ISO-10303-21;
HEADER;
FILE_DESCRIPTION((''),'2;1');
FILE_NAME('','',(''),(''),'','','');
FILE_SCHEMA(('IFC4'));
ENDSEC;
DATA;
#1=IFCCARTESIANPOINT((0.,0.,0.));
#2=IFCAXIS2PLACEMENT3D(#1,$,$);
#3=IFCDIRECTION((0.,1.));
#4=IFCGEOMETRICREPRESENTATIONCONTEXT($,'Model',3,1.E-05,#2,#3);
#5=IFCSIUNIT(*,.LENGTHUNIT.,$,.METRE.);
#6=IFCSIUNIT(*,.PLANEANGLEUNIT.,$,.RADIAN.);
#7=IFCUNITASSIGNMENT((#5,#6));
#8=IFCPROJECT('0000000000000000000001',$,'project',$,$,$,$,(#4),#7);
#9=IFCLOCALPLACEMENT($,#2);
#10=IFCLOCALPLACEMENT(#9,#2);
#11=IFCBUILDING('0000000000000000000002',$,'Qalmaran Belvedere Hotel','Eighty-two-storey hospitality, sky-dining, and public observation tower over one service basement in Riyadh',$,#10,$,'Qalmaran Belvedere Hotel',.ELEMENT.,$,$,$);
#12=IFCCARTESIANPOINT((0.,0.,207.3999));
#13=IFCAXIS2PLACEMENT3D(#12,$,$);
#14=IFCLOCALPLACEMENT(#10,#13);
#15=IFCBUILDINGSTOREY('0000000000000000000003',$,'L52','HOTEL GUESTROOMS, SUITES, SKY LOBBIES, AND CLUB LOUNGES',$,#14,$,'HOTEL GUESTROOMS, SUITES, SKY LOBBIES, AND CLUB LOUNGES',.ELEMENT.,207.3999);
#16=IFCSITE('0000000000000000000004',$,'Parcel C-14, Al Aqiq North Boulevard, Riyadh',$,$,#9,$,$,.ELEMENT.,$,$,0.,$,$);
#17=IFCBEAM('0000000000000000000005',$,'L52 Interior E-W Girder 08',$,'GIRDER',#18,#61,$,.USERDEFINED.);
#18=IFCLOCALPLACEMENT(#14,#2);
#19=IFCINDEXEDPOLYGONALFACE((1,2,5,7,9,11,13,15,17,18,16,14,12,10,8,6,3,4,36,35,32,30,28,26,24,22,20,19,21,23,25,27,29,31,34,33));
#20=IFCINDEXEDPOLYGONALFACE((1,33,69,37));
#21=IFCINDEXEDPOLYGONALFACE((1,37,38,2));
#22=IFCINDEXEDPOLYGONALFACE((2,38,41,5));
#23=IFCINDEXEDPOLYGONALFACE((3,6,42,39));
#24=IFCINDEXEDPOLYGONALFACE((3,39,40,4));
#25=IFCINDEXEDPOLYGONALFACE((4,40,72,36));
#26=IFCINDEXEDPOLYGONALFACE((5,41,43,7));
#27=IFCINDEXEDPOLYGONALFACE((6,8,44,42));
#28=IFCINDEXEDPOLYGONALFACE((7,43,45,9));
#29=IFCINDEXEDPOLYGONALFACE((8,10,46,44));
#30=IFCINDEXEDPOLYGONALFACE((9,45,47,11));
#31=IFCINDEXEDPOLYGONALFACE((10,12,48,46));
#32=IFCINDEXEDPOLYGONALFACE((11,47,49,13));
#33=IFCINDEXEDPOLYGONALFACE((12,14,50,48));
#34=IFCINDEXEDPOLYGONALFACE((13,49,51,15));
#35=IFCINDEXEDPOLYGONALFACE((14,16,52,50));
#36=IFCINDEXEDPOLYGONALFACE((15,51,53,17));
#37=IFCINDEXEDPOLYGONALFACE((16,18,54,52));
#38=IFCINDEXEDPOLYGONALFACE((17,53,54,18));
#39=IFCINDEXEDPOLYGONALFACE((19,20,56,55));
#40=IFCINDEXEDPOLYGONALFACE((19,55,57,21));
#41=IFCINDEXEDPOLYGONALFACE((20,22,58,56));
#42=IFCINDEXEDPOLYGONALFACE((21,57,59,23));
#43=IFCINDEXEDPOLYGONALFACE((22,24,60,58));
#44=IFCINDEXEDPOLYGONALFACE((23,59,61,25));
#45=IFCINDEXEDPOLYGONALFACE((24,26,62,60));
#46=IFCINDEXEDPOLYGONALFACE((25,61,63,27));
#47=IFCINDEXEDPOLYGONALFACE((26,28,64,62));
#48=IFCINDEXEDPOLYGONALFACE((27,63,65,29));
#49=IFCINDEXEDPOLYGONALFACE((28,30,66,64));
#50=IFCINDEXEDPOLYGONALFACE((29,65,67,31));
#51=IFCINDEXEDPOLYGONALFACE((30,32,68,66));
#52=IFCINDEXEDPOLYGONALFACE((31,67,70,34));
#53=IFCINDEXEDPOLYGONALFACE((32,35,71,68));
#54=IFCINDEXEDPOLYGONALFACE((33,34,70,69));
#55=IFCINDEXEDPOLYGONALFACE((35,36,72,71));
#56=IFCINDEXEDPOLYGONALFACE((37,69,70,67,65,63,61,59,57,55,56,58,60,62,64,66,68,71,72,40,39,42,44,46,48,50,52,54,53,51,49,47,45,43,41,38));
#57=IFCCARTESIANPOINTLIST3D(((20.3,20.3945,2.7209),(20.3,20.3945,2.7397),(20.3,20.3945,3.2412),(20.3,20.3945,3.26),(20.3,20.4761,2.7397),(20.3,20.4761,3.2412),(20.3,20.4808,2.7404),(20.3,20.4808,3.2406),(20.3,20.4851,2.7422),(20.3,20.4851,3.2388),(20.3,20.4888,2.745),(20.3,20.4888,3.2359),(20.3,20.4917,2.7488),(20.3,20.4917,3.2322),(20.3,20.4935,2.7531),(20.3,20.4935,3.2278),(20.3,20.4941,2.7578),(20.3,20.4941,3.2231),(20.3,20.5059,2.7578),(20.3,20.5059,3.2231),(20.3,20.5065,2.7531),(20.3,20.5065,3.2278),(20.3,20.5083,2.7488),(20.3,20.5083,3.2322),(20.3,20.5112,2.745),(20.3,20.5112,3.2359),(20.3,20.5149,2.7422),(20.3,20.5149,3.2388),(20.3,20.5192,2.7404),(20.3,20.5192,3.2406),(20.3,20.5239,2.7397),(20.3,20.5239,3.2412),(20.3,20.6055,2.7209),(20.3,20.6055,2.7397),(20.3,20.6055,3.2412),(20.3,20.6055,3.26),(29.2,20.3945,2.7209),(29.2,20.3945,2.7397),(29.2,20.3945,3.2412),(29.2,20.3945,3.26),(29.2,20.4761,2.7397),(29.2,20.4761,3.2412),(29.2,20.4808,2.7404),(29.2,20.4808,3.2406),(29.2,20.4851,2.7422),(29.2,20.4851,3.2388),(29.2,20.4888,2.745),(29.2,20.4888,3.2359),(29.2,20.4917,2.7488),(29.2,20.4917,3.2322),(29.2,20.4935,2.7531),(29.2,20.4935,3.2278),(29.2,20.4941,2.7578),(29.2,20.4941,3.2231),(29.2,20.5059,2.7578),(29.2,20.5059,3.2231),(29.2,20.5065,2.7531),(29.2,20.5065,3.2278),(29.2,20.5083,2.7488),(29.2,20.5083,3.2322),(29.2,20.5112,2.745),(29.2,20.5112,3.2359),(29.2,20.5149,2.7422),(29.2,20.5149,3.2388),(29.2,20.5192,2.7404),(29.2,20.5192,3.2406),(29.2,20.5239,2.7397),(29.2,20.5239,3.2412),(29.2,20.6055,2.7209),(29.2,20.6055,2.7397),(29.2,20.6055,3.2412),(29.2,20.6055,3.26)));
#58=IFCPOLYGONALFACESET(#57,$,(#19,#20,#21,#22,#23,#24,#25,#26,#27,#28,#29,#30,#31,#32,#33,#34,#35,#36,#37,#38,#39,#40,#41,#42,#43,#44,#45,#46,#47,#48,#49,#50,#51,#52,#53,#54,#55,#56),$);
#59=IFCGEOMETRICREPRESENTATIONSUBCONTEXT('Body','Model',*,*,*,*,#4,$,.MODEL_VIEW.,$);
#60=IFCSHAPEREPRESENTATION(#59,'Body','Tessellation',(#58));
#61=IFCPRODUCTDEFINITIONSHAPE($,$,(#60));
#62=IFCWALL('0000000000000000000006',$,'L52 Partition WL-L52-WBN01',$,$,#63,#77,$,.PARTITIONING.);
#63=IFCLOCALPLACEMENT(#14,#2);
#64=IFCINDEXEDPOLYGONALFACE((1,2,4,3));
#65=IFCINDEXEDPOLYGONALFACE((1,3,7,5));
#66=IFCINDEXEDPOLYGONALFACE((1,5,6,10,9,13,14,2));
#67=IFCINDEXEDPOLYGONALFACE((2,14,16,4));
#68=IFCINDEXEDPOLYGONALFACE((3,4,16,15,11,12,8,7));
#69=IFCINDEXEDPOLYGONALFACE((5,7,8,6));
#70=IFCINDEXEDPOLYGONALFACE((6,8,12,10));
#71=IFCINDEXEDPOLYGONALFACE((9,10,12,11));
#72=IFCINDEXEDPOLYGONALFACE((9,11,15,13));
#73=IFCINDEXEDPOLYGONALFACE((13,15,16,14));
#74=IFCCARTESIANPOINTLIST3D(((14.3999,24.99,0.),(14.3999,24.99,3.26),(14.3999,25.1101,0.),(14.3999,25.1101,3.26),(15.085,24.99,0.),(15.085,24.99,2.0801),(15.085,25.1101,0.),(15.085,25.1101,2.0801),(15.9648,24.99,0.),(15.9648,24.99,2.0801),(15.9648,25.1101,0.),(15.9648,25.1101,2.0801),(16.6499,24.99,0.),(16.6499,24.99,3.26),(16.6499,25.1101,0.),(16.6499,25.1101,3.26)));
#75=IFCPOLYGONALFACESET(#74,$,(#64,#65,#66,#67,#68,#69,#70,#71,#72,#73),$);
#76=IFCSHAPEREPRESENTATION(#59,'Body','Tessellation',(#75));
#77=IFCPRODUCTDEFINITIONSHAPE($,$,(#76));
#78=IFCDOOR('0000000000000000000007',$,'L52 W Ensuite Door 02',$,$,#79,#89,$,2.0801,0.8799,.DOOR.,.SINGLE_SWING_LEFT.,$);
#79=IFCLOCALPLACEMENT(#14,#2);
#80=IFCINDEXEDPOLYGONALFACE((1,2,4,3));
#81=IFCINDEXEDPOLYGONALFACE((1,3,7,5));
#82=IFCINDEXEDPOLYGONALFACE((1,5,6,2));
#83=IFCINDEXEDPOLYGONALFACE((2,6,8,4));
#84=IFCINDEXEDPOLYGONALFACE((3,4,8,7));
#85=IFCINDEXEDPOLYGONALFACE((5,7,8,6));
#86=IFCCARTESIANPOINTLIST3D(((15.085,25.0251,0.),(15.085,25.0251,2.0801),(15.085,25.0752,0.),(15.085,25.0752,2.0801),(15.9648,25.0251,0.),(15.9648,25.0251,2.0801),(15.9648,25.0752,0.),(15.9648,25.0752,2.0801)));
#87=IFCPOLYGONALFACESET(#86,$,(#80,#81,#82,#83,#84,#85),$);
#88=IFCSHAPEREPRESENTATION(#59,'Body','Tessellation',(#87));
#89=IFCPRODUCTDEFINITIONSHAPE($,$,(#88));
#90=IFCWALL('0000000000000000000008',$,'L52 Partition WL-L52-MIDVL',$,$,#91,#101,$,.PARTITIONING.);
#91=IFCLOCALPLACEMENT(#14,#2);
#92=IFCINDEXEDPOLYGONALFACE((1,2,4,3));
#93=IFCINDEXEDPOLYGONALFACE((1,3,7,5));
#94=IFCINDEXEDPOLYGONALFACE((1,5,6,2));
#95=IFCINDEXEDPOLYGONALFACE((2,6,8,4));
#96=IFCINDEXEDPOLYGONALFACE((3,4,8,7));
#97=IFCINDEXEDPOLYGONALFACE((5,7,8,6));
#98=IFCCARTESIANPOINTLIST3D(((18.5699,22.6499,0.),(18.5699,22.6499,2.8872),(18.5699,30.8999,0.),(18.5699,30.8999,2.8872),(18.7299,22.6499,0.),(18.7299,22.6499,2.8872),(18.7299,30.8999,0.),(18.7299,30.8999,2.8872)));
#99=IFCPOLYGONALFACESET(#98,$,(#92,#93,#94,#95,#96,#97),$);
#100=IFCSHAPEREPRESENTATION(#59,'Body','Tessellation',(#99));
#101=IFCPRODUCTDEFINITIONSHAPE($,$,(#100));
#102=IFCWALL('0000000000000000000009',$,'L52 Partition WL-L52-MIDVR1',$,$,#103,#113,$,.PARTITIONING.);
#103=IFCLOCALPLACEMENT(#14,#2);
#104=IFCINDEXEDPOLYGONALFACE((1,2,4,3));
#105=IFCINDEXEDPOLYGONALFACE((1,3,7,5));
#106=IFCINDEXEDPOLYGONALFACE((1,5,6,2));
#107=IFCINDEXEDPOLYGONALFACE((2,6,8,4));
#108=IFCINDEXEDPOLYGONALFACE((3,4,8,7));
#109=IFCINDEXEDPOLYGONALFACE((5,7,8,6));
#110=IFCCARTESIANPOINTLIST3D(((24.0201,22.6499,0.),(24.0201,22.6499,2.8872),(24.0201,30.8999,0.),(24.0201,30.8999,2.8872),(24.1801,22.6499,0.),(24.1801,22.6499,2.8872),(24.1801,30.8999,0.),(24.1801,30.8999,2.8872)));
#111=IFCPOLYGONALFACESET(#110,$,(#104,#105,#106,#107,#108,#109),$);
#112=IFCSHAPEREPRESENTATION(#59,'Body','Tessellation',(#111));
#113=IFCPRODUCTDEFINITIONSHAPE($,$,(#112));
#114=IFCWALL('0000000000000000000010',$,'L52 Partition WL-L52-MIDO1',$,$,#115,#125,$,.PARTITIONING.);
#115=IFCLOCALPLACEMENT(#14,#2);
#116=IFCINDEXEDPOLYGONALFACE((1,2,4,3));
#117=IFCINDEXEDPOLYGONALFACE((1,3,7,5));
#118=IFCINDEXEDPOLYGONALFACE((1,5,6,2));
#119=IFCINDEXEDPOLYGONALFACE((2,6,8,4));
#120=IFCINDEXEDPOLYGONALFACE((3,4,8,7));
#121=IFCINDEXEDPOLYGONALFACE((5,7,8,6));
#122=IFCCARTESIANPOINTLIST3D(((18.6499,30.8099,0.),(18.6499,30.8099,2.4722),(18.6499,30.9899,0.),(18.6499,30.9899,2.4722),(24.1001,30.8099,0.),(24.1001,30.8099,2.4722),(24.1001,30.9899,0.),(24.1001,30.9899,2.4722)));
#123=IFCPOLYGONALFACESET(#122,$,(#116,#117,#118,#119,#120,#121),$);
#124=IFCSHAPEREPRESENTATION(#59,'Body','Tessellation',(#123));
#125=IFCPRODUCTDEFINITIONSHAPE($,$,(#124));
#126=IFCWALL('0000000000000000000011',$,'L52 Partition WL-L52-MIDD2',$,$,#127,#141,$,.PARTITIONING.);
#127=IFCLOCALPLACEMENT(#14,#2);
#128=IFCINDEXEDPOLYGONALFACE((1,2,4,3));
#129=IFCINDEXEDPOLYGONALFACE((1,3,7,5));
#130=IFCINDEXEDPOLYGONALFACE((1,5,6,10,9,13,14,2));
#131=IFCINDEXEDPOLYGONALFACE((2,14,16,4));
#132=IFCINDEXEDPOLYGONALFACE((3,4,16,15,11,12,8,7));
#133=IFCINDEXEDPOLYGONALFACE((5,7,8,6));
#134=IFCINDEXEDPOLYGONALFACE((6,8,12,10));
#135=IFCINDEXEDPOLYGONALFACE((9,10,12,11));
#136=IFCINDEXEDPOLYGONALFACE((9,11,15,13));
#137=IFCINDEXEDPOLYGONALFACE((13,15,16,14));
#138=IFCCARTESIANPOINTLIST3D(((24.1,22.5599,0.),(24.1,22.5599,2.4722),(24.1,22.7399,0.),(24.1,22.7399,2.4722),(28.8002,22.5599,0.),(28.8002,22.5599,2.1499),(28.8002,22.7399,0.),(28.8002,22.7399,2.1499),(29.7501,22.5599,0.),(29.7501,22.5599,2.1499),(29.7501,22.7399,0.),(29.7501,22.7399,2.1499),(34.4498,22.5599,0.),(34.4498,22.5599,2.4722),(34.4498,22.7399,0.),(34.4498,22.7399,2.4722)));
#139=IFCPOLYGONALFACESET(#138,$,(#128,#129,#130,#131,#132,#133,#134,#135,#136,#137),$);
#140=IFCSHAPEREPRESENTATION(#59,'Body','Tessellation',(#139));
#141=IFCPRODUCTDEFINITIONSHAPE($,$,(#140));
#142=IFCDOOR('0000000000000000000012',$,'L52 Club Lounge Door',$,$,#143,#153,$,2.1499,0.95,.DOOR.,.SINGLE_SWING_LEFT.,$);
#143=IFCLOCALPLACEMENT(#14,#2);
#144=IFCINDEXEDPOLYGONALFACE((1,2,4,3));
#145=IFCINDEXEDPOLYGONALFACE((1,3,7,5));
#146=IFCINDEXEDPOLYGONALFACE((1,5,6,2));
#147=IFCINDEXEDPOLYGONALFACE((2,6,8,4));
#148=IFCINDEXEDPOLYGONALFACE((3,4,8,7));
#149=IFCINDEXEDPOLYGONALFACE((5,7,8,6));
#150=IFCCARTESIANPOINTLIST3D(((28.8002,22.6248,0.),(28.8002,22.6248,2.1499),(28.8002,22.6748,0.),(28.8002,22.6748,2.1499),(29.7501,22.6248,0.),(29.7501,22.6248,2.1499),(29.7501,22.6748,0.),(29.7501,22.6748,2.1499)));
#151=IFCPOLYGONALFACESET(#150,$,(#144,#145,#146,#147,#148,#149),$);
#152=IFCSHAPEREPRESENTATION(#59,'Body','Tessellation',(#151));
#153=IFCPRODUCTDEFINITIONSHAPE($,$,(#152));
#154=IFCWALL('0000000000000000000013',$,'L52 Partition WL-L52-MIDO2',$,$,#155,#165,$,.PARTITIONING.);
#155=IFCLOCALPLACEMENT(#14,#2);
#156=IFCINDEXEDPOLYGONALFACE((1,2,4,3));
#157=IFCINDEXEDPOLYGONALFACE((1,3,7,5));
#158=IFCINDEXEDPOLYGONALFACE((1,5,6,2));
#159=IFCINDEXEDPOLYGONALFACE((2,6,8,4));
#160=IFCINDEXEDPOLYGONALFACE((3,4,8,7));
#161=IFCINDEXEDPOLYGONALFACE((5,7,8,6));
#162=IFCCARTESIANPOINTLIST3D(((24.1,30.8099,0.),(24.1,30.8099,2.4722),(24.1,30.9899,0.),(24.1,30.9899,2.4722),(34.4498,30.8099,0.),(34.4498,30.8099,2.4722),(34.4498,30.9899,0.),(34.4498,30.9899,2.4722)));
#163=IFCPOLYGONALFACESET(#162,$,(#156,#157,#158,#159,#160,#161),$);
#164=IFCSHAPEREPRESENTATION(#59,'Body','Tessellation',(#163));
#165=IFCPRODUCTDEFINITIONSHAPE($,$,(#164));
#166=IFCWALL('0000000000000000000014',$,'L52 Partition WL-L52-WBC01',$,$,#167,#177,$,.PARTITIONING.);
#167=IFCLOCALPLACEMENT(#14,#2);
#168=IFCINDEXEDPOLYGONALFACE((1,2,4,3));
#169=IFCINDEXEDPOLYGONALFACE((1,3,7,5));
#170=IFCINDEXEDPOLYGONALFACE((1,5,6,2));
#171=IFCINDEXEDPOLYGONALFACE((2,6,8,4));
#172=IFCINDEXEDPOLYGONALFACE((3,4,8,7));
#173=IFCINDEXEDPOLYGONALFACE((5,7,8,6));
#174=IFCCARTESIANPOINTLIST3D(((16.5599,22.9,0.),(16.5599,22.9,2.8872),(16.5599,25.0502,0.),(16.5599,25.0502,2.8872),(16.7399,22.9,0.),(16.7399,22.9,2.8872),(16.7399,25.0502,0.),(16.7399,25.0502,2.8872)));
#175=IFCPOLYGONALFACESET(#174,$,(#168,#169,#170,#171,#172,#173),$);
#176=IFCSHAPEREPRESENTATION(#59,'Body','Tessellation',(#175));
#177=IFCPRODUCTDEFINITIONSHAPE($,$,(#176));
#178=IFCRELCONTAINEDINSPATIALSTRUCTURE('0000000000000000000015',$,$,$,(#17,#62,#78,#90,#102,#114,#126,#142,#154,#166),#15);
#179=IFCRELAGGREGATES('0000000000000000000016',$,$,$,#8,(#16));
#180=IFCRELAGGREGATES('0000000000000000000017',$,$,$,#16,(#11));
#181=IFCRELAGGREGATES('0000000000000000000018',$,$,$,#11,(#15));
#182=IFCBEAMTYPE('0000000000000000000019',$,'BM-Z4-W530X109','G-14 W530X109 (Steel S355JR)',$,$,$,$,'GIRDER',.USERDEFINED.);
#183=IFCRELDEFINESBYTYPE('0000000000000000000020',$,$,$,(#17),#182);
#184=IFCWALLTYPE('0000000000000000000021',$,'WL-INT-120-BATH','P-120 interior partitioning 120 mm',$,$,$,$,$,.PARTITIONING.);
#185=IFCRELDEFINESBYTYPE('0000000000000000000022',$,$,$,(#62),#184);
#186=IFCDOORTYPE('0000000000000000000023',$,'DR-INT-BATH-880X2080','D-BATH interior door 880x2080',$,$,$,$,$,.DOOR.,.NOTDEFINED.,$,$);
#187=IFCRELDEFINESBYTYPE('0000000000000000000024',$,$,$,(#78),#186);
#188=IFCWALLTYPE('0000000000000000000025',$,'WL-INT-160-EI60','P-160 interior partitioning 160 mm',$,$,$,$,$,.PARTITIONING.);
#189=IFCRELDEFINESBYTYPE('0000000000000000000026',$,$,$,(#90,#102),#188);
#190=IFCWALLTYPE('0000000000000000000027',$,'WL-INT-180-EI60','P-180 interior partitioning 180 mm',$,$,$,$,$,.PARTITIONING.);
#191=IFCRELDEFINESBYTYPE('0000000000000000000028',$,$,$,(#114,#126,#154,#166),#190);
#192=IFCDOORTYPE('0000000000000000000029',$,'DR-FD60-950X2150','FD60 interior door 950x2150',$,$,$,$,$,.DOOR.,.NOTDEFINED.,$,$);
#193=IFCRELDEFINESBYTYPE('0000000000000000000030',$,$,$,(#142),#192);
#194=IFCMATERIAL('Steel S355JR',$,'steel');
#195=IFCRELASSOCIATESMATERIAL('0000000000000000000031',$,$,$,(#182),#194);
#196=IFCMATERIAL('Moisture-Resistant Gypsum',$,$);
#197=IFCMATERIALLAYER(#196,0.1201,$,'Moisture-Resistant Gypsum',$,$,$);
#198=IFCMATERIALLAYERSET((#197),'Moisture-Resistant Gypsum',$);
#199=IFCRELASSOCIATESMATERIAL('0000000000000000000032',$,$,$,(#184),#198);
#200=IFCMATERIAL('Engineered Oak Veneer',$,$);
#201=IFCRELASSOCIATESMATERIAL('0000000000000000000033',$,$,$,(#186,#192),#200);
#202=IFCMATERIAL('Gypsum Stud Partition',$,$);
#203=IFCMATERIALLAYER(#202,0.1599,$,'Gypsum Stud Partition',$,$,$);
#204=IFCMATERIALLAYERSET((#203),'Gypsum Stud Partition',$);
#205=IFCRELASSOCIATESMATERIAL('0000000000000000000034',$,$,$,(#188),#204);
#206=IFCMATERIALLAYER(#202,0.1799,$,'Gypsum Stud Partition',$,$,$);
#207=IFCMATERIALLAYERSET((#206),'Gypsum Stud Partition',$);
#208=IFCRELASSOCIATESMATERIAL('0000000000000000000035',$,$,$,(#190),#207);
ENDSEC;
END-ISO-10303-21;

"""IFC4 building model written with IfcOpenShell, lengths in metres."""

from ifc_helpers import new_model, si_unit, direction, frame, frame_2d, origin, origin_2d, place, context, subcontext, project, spatial, rectangle, i_section, extrude, material, layer, layer_set, material_profile, profile_set, type_object, element, fill, save


model = new_model("IFC4")

# Units and contexts
model_context = context("Model", 3, precision=1e-05, world=origin(), true_north=direction((0.0, 1.0)))
body_context = subcontext(model_context, "Body", "Model", "MODEL_VIEW")
ifc_project = project(units=[si_unit("LENGTHUNIT", "METRE"), si_unit("PLANEANGLEUNIT", "RADIAN")], contexts=[model_context])

# Site, building, storey
site_placement = place(None, origin())
site = spatial("IfcSite", under=ifc_project, at=site_placement, Name="Parcel C-14, Al Aqiq North Boulevard, Riyadh", CompositionType="ELEMENT", RefElevation=0.0)
building_placement = place(site_placement, origin())
building = spatial("IfcBuilding", under=site, at=building_placement, Name="Qalmaran Belvedere Hotel", Description="Eighty-two-storey hospitality, sky-dining, and public observation tower over one service basement in Riyadh", LongName="Qalmaran Belvedere Hotel", CompositionType="ELEMENT")
storey_placement = place(building_placement, frame((0.0, 0.0, 207.3999)))
storey = spatial("IfcBuildingStorey", under=building, at=storey_placement, Name="L52", Description="HOTEL GUESTROOMS, SUITES, SKY LOBBIES, AND CLUB LOUNGES", LongName="HOTEL GUESTROOMS, SUITES, SKY LOBBIES, AND CLUB LOUNGES", CompositionType="ELEMENT", Elevation=207.3999)

# Beam
ifc_material_1 = material(Name="Steel S355JR", Category="steel")
ifc_material_profile_1 = material_profile(ifc_material_1, i_section(OverallWidth=0.2109, OverallDepth=0.5391, WebThickness=0.0117, FlangeThickness=0.0188, FilletRadius=0.0181, at=origin_2d()), Name="W530X109")
ifc_profile_set_1 = profile_set([ifc_material_profile_1], Name="Steel S355JR")
beam_type_1 = type_object("IfcBeamType", Name="BM-Z4-W530X109", Description="G-14 W530X109 (Steel S355JR)", ElementType="GIRDER", PredefinedType="USERDEFINED", material=ifc_profile_set_1)
beam_1_placement = place(storey_placement, frame((20.3, 20.5, 2.9905), z_axis=(1.0, 0.0, 0.0), x_axis=(0.0, 1.0, 0.0)))
element("IfcBeam", 1, at=beam_1_placement, inside=storey, type_object=beam_type_1, Name="L52 Interior E-W Girder 08", ObjectType="GIRDER", PredefinedType="USERDEFINED", context=body_context, shape_type="SweptSolid", body=[
    extrude(i_section(OverallWidth=0.2109, OverallDepth=0.5391, WebThickness=0.0117, FlangeThickness=0.0188, FilletRadius=0.0181, at=origin_2d()), origin(), (0.0, 0.0, 1.0), 8.8999),
])

# Wall, opening, door
ifc_material_2 = material(Name="Moisture-Resistant Gypsum")
ifc_layer_1 = layer(ifc_material_2, 0.1201, Name="Moisture-Resistant Gypsum")
ifc_layer_set_1 = layer_set([ifc_layer_1], Name="Moisture-Resistant Gypsum")
wall_type_1 = type_object("IfcWallType", Name="WL-INT-120-BATH", Description="P-120 interior partitioning 120 mm", PredefinedType="PARTITIONING", material=ifc_layer_set_1)
wall_1_placement = place(storey_placement, frame((14.3999, 25.05, 0.0), z_axis=(0.0, 0.0, 1.0), x_axis=(1.0, 0.0, 0.0)))
wall_1 = element("IfcWall", 2, at=wall_1_placement, inside=storey, type_object=wall_type_1, Name="L52 Partition WL-L52-WBN01", PredefinedType="PARTITIONING", context=body_context, shape_type="SweptSolid", body=[
    extrude(rectangle(XDim=2.25, YDim=0.1201, at=frame_2d((1.125, 0.0))), origin(), (0.0, 0.0, 1.0), 3.26),
])
opening_1_placement = place(wall_1_placement, frame((1.5649, 0.0, 0.0), z_axis=(0.0, 0.0, 1.0), x_axis=(-1.0, 0.0, 0.0)))
opening_1 = element("IfcOpeningElement", 3, at=opening_1_placement, cuts=wall_1, PredefinedType="OPENING", context=body_context, shape_type="SweptSolid", body=[
    extrude(rectangle(XDim=0.8799, YDim=2.0801, at=frame_2d((0.4399, 1.04))), frame((0.0, 0.0701, 0.0), z_axis=(0.0, -1.0, 0.0), x_axis=(1.0, 0.0, 0.0)), (0.0, 0.0, 1.0), 0.1401),
])
ifc_material_3 = material(Name="Engineered Oak Veneer")
door_type_1 = type_object("IfcDoorType", Name="DR-INT-BATH-880X2080", Description="D-BATH interior door 880x2080", OperationType="NOTDEFINED", PredefinedType="DOOR", material=ifc_material_3)
door_1_placement = place(opening_1_placement, origin())
door_1 = element("IfcDoor", 4, at=door_1_placement, inside=storey, type_object=door_type_1, Name="L52 W Ensuite Door 02", OperationType="SINGLE_SWING_LEFT", OverallHeight=2.0801, OverallWidth=0.8799, PredefinedType="DOOR", context=body_context, shape_type="SweptSolid", body=[
    extrude(rectangle(XDim=0.8799, YDim=2.0801, at=frame_2d((0.4399, 1.04))), frame((0.0, 0.0249, 0.0), z_axis=(0.0, -1.0, 0.0), x_axis=(1.0, 0.0, 0.0)), (0.0, 0.0, 1.0), 0.05),
])
fill(opening_1, door_1)
ifc_material_4 = material(Name="Gypsum Stud Partition")

# Walls
ifc_layer_2 = layer(ifc_material_4, 0.1599, Name="Gypsum Stud Partition")
ifc_layer_set_2 = layer_set([ifc_layer_2], Name="Gypsum Stud Partition")
wall_type_2 = type_object("IfcWallType", Name="WL-INT-160-EI60", Description="P-160 interior partitioning 160 mm", PredefinedType="PARTITIONING", material=ifc_layer_set_2)
for number, where, z_axis, x_axis, name in (
    (5, (18.6499, 22.6499, 0.0), (0.0, 0.0, 1.0), (0.0, 1.0, 0.0), "L52 Partition WL-L52-MIDVL"),
    (6, (24.1001, 22.6499, 0.0), (0.0, 0.0, 1.0), (0.0, 1.0, 0.0), "L52 Partition WL-L52-MIDVR1"),
):
    element("IfcWall", number, at=place(storey_placement, frame(where, z_axis=z_axis, x_axis=x_axis)), inside=storey, type_object=wall_type_2, Name=name, PredefinedType="PARTITIONING", context=body_context, shape_type="SweptSolid", body=[
        extrude(rectangle(XDim=8.25, YDim=0.1599, at=frame_2d((4.125, 0.0))), origin(), (0.0, 0.0, 1.0), 2.8872),
    ])

# Shared definitions
ifc_layer_3 = layer(ifc_material_4, 0.1799, Name="Gypsum Stud Partition")
ifc_layer_set_3 = layer_set([ifc_layer_3], Name="Gypsum Stud Partition")
wall_type_3 = type_object("IfcWallType", Name="WL-INT-180-EI60", Description="P-180 interior partitioning 180 mm", PredefinedType="PARTITIONING", material=ifc_layer_set_3)
door_type_2 = type_object("IfcDoorType", Name="DR-FD60-950X2150", Description="FD60 interior door 950x2150", OperationType="NOTDEFINED", PredefinedType="DOOR", material=ifc_material_3)

# Wall
wall_2_placement = place(storey_placement, frame((18.6499, 30.8999, 0.0), z_axis=(0.0, 0.0, 1.0), x_axis=(1.0, 0.0, 0.0)))
element("IfcWall", 7, at=wall_2_placement, inside=storey, type_object=wall_type_3, Name="L52 Partition WL-L52-MIDO1", PredefinedType="PARTITIONING", context=body_context, shape_type="SweptSolid", body=[
    extrude(rectangle(XDim=5.4502, YDim=0.1799, at=frame_2d((2.7251, 0.0))), origin(), (0.0, 0.0, 1.0), 2.4722),
])

# Wall, opening, door
wall_3_placement = place(storey_placement, frame((24.1001, 22.6499, 0.0), z_axis=(0.0, 0.0, 1.0), x_axis=(1.0, 0.0, 0.0)))
wall_3 = element("IfcWall", 8, at=wall_3_placement, inside=storey, type_object=wall_type_3, Name="L52 Partition WL-L52-MIDD2", PredefinedType="PARTITIONING", context=body_context, shape_type="SweptSolid", body=[
    extrude(rectangle(XDim=10.3499, YDim=0.1799, at=frame_2d((5.1748, 0.0))), origin(), (0.0, 0.0, 1.0), 2.4722),
])
opening_2_placement = place(wall_3_placement, frame((4.7, 0.0, 0.0)))
opening_2 = element("IfcOpeningElement", 9, at=opening_2_placement, cuts=wall_3, PredefinedType="OPENING", context=body_context, shape_type="SweptSolid", body=[
    extrude(rectangle(XDim=0.95, YDim=2.1499, at=frame_2d((0.4751, 1.075))), frame((0.0, 0.1001, 0.0), z_axis=(0.0, -1.0, 0.0), x_axis=(1.0, 0.0, 0.0)), (0.0, 0.0, 1.0), 0.2),
])
door_2_placement = place(opening_2_placement, origin())
door_2 = element("IfcDoor", 10, at=door_2_placement, inside=storey, type_object=door_type_2, Name="L52 Club Lounge Door", OperationType="SINGLE_SWING_LEFT", OverallHeight=2.1499, OverallWidth=0.95, PredefinedType="DOOR", context=body_context, shape_type="SweptSolid", body=[
    extrude(rectangle(XDim=0.95, YDim=2.1499, at=frame_2d((0.4751, 1.075))), frame((0.0, 0.0249, 0.0), z_axis=(0.0, -1.0, 0.0), x_axis=(1.0, 0.0, 0.0)), (0.0, 0.0, 1.0), 0.05),
])
fill(opening_2, door_2)

# Walls
wall_4_placement = place(storey_placement, frame((24.1001, 30.8999, 0.0), z_axis=(0.0, 0.0, 1.0), x_axis=(1.0, 0.0, 0.0)))
element("IfcWall", 11, at=wall_4_placement, inside=storey, type_object=wall_type_3, Name="L52 Partition WL-L52-MIDO2", PredefinedType="PARTITIONING", context=body_context, shape_type="SweptSolid", body=[
    extrude(rectangle(XDim=10.3499, YDim=0.1799, at=frame_2d((5.1748, 0.0))), origin(), (0.0, 0.0, 1.0), 2.4722),
])
wall_5_placement = place(storey_placement, frame((16.6499, 22.8999, 0.0), z_axis=(0.0, 0.0, 1.0), x_axis=(0.0, 1.0, 0.0)))
element("IfcWall", 12, at=wall_5_placement, inside=storey, type_object=wall_type_3, Name="L52 Partition WL-L52-WBC01", PredefinedType="PARTITIONING", context=body_context, shape_type="SweptSolid", body=[
    extrude(rectangle(XDim=2.1501, YDim=0.1799, at=frame_2d((1.0752, 0.0))), origin(), (0.0, 0.0, 1.0), 2.8872),
])

save(model, "model.ifc")
